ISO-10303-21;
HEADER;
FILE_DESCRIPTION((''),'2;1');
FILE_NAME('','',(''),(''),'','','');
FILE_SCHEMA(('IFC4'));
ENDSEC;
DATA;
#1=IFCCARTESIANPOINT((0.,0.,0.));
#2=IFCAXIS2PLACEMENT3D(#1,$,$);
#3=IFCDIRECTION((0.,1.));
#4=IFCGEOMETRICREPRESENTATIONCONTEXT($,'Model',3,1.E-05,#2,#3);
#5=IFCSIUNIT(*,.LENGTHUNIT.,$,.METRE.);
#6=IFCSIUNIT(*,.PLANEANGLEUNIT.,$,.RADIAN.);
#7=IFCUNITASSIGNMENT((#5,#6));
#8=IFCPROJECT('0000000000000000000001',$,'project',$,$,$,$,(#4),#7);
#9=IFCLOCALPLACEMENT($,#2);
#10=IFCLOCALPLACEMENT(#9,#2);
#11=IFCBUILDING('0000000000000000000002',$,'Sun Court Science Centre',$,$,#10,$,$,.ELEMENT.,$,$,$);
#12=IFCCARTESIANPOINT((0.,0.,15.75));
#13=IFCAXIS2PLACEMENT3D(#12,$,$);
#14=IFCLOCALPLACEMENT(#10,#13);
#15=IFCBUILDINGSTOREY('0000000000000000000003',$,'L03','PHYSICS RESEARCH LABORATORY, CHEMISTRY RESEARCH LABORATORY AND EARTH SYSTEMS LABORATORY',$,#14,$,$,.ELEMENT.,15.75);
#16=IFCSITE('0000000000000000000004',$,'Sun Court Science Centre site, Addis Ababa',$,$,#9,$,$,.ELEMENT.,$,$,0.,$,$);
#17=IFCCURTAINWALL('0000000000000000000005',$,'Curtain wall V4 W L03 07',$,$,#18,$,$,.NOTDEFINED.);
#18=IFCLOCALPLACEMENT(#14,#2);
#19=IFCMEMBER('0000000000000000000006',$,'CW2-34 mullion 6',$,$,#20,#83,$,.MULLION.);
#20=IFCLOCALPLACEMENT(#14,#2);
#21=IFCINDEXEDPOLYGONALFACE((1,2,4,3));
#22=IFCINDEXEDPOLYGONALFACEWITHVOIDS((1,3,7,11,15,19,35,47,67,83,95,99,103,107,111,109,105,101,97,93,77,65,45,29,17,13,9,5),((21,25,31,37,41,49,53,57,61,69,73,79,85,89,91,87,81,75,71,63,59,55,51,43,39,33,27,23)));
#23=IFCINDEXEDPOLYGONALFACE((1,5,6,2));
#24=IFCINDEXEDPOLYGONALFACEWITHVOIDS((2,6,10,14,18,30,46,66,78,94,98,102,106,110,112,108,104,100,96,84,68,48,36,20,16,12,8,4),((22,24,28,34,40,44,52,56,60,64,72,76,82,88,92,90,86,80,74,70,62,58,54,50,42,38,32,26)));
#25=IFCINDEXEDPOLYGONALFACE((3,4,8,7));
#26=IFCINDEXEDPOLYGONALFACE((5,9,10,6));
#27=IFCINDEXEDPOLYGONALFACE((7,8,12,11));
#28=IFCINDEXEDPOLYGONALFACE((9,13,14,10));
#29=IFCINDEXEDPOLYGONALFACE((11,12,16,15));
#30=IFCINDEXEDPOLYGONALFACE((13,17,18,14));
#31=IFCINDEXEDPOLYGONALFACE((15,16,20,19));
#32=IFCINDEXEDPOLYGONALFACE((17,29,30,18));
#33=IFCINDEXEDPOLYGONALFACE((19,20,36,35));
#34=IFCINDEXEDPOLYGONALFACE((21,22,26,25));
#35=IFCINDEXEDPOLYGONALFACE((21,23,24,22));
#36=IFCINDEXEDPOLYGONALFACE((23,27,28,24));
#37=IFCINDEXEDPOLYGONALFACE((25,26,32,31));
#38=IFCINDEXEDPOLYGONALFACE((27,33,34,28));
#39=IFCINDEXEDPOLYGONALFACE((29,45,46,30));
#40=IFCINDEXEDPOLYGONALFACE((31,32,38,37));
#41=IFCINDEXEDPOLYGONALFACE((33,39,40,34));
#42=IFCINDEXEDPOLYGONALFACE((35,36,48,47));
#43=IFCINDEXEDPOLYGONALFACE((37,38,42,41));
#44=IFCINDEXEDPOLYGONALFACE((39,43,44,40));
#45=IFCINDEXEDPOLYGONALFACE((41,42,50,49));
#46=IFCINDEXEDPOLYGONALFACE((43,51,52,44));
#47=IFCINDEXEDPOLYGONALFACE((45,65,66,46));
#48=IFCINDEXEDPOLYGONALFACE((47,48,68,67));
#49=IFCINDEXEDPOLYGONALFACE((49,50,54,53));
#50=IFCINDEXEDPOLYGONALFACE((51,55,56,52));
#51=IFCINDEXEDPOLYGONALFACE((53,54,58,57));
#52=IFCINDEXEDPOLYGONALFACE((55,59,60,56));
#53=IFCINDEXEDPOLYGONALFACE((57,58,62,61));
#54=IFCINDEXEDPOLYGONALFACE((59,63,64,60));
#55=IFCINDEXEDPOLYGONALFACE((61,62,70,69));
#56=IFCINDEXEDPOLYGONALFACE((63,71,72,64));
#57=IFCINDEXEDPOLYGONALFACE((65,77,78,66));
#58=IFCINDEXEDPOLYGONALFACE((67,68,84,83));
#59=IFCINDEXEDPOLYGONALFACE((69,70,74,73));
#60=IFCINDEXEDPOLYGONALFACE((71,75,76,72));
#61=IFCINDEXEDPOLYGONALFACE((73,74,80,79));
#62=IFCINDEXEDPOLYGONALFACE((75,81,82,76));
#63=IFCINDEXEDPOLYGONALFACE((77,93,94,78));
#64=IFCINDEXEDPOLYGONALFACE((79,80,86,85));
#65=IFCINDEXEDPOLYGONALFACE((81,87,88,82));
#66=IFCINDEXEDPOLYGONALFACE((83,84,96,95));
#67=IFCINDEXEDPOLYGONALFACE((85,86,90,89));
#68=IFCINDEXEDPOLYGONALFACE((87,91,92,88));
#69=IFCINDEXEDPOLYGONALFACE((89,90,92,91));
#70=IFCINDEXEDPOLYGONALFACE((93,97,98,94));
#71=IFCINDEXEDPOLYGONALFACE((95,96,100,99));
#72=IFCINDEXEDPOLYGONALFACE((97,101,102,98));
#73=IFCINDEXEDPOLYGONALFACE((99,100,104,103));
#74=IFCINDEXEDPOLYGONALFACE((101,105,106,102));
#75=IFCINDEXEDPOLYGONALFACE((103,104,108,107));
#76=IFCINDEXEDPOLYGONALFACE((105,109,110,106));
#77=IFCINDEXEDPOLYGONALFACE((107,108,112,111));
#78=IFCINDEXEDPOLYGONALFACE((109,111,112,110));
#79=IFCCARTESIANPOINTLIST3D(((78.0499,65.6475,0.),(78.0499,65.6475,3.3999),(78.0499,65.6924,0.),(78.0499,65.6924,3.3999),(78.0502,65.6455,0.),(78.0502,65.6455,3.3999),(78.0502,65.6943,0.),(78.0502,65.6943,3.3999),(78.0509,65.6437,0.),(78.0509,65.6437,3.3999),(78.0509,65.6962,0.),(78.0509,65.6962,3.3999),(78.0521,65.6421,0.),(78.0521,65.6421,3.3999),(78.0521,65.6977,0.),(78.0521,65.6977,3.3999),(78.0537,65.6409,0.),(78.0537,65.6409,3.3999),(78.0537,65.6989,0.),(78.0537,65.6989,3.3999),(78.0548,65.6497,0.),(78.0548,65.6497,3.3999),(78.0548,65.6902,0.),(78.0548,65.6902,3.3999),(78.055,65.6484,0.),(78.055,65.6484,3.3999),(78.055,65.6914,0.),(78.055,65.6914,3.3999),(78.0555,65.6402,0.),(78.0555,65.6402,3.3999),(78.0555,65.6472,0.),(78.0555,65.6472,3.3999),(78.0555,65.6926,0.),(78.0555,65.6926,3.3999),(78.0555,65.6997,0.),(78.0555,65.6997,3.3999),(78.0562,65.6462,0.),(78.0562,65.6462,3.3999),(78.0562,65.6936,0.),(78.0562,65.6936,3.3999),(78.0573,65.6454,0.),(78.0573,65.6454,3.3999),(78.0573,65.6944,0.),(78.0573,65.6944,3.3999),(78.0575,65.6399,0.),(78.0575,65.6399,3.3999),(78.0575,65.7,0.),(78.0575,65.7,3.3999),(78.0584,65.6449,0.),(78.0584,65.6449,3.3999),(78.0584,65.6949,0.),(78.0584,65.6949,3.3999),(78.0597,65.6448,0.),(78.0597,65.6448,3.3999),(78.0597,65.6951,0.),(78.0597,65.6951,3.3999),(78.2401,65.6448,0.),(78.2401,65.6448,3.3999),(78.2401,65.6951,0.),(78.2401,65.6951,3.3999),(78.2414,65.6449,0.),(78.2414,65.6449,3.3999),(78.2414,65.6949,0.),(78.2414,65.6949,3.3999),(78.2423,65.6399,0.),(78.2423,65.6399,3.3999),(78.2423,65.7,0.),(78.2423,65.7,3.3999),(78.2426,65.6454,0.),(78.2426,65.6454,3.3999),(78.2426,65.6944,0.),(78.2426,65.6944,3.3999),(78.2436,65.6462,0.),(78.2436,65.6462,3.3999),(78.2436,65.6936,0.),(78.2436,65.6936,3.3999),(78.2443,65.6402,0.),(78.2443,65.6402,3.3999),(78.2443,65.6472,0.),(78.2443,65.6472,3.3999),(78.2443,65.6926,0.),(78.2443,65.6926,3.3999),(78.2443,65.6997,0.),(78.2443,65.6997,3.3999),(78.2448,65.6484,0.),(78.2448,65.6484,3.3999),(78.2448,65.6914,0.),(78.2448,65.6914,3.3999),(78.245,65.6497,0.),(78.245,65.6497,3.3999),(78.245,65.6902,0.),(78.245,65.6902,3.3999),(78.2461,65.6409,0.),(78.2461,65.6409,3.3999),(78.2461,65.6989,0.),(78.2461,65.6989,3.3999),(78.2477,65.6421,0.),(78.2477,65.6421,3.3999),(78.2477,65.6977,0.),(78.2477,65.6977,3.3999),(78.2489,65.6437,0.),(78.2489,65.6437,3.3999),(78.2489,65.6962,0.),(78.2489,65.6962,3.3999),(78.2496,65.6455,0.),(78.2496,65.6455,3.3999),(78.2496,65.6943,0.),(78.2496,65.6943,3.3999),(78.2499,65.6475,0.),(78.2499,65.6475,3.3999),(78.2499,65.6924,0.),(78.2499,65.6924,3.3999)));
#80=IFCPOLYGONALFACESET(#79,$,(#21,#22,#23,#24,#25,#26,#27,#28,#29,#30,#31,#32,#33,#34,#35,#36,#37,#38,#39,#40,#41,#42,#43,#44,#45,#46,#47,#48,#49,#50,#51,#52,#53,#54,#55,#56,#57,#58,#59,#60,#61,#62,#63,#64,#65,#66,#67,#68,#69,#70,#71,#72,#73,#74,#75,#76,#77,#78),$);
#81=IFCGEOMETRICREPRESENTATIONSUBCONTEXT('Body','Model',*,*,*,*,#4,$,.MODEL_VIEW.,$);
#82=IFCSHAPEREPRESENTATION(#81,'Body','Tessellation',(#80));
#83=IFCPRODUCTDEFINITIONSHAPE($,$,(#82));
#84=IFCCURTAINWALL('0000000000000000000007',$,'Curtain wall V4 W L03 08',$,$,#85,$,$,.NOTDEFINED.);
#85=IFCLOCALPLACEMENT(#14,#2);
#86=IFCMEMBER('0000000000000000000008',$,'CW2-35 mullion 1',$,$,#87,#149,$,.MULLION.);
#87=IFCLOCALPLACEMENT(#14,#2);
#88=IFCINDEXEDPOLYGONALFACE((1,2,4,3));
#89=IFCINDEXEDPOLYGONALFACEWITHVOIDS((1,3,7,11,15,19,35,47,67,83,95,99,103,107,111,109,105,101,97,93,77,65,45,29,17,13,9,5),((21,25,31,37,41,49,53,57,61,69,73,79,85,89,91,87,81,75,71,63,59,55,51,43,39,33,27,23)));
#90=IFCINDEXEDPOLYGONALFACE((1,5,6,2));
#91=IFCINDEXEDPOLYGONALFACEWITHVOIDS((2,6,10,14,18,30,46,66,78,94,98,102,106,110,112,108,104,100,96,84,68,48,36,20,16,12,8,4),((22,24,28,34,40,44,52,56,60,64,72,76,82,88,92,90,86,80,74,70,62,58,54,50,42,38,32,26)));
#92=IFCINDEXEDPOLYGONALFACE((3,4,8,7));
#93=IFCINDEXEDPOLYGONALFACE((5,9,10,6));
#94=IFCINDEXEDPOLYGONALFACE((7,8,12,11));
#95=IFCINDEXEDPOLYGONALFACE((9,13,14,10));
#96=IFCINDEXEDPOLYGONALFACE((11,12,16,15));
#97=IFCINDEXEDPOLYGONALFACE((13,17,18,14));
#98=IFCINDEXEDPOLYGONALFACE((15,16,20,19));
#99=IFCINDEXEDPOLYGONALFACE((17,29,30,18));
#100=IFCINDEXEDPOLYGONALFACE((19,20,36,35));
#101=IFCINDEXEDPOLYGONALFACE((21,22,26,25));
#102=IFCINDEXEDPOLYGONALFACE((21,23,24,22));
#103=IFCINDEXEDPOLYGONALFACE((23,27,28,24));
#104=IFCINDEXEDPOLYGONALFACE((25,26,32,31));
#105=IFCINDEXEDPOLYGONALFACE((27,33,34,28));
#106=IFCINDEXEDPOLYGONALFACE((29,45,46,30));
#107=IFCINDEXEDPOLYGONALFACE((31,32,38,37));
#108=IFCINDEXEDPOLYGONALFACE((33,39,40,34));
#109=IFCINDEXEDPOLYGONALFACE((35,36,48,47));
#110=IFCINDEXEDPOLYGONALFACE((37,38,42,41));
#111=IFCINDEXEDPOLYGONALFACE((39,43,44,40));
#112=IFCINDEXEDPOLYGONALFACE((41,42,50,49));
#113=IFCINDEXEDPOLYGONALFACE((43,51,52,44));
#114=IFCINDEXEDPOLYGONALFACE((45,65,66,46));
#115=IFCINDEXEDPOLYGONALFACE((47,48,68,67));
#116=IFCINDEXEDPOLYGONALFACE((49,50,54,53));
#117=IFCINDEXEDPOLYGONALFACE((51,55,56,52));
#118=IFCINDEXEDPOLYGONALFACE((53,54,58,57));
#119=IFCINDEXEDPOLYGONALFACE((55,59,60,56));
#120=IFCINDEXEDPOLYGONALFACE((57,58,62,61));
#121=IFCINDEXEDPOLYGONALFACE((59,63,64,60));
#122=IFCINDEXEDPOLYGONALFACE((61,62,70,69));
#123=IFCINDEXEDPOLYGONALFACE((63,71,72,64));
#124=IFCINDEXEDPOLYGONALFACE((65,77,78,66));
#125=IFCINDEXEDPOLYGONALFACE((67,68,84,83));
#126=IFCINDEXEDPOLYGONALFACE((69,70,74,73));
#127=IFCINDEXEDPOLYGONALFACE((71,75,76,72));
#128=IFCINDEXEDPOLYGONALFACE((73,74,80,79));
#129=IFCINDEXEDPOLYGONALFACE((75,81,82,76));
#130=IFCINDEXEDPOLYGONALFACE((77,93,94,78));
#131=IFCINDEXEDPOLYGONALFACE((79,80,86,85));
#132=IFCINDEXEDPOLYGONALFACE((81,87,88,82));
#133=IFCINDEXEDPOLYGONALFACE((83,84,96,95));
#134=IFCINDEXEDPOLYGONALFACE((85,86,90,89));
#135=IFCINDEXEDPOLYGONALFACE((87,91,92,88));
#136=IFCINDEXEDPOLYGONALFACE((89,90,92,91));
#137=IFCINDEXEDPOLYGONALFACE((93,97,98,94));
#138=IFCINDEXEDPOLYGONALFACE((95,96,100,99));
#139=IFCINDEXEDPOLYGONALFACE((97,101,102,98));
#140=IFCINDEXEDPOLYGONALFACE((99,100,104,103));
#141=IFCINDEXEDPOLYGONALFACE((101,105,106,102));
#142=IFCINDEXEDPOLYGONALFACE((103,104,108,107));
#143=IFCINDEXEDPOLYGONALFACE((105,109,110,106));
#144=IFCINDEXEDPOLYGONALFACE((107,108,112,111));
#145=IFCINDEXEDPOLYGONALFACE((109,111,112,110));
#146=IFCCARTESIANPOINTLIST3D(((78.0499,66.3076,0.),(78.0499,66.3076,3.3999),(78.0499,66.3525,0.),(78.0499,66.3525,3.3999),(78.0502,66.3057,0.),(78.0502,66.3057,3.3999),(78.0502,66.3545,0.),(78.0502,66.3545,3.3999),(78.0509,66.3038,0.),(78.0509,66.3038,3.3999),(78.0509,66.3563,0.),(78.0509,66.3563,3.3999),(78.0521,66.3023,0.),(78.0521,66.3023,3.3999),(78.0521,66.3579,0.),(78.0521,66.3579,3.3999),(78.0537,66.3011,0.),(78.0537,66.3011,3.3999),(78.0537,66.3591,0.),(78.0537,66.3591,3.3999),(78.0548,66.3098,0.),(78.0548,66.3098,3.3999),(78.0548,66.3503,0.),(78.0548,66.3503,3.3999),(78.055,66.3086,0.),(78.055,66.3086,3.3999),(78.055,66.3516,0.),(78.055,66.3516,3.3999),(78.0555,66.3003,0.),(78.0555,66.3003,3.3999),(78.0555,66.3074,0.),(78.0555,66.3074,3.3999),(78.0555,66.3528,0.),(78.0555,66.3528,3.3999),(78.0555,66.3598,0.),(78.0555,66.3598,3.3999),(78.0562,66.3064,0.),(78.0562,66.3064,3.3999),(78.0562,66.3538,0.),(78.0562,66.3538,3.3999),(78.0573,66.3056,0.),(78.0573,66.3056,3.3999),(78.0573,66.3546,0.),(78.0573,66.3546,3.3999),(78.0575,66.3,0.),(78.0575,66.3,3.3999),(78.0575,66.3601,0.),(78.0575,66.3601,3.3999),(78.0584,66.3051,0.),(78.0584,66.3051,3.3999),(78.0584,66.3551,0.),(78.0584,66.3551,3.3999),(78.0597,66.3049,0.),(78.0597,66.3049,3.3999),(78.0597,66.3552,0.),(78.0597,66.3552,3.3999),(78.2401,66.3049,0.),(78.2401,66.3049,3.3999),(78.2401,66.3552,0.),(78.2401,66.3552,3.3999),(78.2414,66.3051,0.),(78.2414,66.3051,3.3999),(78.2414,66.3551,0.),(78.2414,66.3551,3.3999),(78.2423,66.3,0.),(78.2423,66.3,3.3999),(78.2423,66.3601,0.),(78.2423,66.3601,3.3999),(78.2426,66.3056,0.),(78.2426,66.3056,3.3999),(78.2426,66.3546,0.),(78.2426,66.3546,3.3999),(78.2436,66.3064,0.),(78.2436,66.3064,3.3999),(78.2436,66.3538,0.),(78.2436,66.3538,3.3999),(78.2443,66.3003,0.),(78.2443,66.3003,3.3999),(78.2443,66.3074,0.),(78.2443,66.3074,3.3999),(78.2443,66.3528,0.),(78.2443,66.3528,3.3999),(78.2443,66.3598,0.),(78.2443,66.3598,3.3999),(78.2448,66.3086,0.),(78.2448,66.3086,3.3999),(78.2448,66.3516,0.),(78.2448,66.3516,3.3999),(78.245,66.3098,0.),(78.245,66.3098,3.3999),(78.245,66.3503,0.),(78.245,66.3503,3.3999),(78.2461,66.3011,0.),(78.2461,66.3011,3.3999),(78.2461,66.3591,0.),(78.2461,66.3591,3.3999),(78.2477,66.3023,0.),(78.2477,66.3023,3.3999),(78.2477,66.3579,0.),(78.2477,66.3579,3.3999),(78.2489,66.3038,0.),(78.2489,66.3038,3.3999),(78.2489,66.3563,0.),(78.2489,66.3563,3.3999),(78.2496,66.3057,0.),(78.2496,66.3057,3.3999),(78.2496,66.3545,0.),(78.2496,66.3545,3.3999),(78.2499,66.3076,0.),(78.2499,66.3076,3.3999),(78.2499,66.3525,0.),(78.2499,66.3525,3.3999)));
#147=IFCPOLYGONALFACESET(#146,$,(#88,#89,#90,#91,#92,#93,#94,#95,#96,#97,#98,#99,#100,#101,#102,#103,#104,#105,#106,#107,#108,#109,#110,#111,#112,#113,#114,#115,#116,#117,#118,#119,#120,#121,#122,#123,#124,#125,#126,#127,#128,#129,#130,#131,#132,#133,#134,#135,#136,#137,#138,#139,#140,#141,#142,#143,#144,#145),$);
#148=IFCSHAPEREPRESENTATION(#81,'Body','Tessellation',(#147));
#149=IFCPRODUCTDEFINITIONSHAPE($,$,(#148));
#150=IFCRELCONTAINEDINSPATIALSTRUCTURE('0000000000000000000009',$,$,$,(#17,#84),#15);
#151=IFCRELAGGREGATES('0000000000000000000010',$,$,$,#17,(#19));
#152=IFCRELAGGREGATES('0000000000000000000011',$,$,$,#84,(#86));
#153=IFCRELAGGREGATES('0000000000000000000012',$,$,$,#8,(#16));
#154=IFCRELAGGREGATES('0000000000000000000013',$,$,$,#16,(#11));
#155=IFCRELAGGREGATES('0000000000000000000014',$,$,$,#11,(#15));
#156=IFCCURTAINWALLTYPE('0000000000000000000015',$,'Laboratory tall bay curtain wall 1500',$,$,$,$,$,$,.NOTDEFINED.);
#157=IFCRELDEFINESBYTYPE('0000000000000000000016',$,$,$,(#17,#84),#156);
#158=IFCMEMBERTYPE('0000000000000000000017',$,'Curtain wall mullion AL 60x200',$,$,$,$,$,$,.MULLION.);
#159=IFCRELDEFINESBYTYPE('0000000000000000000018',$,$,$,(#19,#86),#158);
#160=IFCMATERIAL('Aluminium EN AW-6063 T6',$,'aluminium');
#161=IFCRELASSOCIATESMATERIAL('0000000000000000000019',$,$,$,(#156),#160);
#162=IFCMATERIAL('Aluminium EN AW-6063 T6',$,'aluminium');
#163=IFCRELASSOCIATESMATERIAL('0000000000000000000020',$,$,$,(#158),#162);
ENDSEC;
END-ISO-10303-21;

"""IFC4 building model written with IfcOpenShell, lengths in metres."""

from ifc_helpers import new_model, si_unit, direction, frame, origin, origin_2d, place, context, subcontext, project, spatial, hollow_rectangle, extrude, material, material_profile, profile_set, type_object, element, aggregate, save


model = new_model("IFC4")

# Units and contexts
model_context = context("Model", 3, precision=1e-05, world=origin(), true_north=direction((0.0, 1.0)))
body_context = subcontext(model_context, "Body", "Model", "MODEL_VIEW")
ifc_project = project(units=[si_unit("LENGTHUNIT", "METRE"), si_unit("PLANEANGLEUNIT", "RADIAN")], contexts=[model_context])

# Site, building, storey
site_placement = place(None, origin())
site = spatial("IfcSite", under=ifc_project, at=site_placement, Name="Sun Court Science Centre site, Addis Ababa", CompositionType="ELEMENT", RefElevation=0.0)
building_placement = place(site_placement, origin())
building = spatial("IfcBuilding", under=site, at=building_placement, Name="Sun Court Science Centre", CompositionType="ELEMENT")
storey_placement = place(building_placement, frame((0.0, 0.0, 15.75)))
storey = spatial("IfcBuildingStorey", under=building, at=storey_placement, Name="L03", Description="PHYSICS RESEARCH LABORATORY, CHEMISTRY RESEARCH LABORATORY AND EARTH SYSTEMS LABORATORY", CompositionType="ELEMENT", Elevation=15.75)

# Curtain walls, members
ifc_material_1 = material(Name="Aluminium EN AW-6063 T6", Category="aluminium")
curtain_wall_type = type_object("IfcCurtainWallType", Name="Laboratory tall bay curtain wall 1500", PredefinedType="NOTDEFINED", material=ifc_material_1)
curtain_wall_1_placement = place(storey_placement, origin())
curtain_wall_1 = element("IfcCurtainWall", 1, at=curtain_wall_1_placement, inside=storey, type_object=curtain_wall_type, Name="Curtain wall V4 W L03 07", PredefinedType="NOTDEFINED")
ifc_material_2 = material(Name="Aluminium EN AW-6063 T6", Category="aluminium")
ifc_material_profile_1 = material_profile(ifc_material_2, hollow_rectangle(XDim=0.0601, YDim=0.2, WallThickness=0.0049, InnerFilletRadius=0.0049, OuterFilletRadius=0.0076, at=origin_2d()), Name="AL 60x200x5")
ifc_profile_set_1 = profile_set([ifc_material_profile_1], Name="Aluminium EN AW-6063 T6")
member_type_1 = type_object("IfcMemberType", Name="Curtain wall mullion AL 60x200", PredefinedType="MULLION", material=ifc_profile_set_1)
member_1_placement = place(storey_placement, frame((78.1499, 65.6699, 0.0), z_axis=(0.0, 0.0, 1.0), x_axis=(0.0, 1.0, 0.0)))
member_1 = element("IfcMember", 2, at=member_1_placement, type_object=member_type_1, Name="CW2-34 mullion 6", PredefinedType="MULLION", context=body_context, shape_type="SweptSolid", body=[
    extrude(hollow_rectangle(XDim=0.0601, YDim=0.2, WallThickness=0.0049, InnerFilletRadius=0.0049, OuterFilletRadius=0.0076, at=origin_2d()), origin(), (0.0, 0.0, 1.0), 3.3999),
])
curtain_wall_2_placement = place(storey_placement, origin())
curtain_wall_2 = element("IfcCurtainWall", 3, at=curtain_wall_2_placement, inside=storey, type_object=curtain_wall_type, Name="Curtain wall V4 W L03 08", PredefinedType="NOTDEFINED")
member_2_placement = place(storey_placement, frame((78.1499, 66.3301, 0.0), z_axis=(0.0, 0.0, 1.0), x_axis=(0.0, 1.0, 0.0)))
member_2 = element("IfcMember", 4, at=member_2_placement, type_object=member_type_1, Name="CW2-35 mullion 1", PredefinedType="MULLION", context=body_context, shape_type="SweptSolid", body=[
    extrude(hollow_rectangle(XDim=0.0601, YDim=0.2, WallThickness=0.0049, InnerFilletRadius=0.0049, OuterFilletRadius=0.0076, at=origin_2d()), origin(), (0.0, 0.0, 1.0), 3.3999),
])

aggregate(curtain_wall_1, [member_1])
aggregate(curtain_wall_2, [member_2])

save(model, "model.ifc")
